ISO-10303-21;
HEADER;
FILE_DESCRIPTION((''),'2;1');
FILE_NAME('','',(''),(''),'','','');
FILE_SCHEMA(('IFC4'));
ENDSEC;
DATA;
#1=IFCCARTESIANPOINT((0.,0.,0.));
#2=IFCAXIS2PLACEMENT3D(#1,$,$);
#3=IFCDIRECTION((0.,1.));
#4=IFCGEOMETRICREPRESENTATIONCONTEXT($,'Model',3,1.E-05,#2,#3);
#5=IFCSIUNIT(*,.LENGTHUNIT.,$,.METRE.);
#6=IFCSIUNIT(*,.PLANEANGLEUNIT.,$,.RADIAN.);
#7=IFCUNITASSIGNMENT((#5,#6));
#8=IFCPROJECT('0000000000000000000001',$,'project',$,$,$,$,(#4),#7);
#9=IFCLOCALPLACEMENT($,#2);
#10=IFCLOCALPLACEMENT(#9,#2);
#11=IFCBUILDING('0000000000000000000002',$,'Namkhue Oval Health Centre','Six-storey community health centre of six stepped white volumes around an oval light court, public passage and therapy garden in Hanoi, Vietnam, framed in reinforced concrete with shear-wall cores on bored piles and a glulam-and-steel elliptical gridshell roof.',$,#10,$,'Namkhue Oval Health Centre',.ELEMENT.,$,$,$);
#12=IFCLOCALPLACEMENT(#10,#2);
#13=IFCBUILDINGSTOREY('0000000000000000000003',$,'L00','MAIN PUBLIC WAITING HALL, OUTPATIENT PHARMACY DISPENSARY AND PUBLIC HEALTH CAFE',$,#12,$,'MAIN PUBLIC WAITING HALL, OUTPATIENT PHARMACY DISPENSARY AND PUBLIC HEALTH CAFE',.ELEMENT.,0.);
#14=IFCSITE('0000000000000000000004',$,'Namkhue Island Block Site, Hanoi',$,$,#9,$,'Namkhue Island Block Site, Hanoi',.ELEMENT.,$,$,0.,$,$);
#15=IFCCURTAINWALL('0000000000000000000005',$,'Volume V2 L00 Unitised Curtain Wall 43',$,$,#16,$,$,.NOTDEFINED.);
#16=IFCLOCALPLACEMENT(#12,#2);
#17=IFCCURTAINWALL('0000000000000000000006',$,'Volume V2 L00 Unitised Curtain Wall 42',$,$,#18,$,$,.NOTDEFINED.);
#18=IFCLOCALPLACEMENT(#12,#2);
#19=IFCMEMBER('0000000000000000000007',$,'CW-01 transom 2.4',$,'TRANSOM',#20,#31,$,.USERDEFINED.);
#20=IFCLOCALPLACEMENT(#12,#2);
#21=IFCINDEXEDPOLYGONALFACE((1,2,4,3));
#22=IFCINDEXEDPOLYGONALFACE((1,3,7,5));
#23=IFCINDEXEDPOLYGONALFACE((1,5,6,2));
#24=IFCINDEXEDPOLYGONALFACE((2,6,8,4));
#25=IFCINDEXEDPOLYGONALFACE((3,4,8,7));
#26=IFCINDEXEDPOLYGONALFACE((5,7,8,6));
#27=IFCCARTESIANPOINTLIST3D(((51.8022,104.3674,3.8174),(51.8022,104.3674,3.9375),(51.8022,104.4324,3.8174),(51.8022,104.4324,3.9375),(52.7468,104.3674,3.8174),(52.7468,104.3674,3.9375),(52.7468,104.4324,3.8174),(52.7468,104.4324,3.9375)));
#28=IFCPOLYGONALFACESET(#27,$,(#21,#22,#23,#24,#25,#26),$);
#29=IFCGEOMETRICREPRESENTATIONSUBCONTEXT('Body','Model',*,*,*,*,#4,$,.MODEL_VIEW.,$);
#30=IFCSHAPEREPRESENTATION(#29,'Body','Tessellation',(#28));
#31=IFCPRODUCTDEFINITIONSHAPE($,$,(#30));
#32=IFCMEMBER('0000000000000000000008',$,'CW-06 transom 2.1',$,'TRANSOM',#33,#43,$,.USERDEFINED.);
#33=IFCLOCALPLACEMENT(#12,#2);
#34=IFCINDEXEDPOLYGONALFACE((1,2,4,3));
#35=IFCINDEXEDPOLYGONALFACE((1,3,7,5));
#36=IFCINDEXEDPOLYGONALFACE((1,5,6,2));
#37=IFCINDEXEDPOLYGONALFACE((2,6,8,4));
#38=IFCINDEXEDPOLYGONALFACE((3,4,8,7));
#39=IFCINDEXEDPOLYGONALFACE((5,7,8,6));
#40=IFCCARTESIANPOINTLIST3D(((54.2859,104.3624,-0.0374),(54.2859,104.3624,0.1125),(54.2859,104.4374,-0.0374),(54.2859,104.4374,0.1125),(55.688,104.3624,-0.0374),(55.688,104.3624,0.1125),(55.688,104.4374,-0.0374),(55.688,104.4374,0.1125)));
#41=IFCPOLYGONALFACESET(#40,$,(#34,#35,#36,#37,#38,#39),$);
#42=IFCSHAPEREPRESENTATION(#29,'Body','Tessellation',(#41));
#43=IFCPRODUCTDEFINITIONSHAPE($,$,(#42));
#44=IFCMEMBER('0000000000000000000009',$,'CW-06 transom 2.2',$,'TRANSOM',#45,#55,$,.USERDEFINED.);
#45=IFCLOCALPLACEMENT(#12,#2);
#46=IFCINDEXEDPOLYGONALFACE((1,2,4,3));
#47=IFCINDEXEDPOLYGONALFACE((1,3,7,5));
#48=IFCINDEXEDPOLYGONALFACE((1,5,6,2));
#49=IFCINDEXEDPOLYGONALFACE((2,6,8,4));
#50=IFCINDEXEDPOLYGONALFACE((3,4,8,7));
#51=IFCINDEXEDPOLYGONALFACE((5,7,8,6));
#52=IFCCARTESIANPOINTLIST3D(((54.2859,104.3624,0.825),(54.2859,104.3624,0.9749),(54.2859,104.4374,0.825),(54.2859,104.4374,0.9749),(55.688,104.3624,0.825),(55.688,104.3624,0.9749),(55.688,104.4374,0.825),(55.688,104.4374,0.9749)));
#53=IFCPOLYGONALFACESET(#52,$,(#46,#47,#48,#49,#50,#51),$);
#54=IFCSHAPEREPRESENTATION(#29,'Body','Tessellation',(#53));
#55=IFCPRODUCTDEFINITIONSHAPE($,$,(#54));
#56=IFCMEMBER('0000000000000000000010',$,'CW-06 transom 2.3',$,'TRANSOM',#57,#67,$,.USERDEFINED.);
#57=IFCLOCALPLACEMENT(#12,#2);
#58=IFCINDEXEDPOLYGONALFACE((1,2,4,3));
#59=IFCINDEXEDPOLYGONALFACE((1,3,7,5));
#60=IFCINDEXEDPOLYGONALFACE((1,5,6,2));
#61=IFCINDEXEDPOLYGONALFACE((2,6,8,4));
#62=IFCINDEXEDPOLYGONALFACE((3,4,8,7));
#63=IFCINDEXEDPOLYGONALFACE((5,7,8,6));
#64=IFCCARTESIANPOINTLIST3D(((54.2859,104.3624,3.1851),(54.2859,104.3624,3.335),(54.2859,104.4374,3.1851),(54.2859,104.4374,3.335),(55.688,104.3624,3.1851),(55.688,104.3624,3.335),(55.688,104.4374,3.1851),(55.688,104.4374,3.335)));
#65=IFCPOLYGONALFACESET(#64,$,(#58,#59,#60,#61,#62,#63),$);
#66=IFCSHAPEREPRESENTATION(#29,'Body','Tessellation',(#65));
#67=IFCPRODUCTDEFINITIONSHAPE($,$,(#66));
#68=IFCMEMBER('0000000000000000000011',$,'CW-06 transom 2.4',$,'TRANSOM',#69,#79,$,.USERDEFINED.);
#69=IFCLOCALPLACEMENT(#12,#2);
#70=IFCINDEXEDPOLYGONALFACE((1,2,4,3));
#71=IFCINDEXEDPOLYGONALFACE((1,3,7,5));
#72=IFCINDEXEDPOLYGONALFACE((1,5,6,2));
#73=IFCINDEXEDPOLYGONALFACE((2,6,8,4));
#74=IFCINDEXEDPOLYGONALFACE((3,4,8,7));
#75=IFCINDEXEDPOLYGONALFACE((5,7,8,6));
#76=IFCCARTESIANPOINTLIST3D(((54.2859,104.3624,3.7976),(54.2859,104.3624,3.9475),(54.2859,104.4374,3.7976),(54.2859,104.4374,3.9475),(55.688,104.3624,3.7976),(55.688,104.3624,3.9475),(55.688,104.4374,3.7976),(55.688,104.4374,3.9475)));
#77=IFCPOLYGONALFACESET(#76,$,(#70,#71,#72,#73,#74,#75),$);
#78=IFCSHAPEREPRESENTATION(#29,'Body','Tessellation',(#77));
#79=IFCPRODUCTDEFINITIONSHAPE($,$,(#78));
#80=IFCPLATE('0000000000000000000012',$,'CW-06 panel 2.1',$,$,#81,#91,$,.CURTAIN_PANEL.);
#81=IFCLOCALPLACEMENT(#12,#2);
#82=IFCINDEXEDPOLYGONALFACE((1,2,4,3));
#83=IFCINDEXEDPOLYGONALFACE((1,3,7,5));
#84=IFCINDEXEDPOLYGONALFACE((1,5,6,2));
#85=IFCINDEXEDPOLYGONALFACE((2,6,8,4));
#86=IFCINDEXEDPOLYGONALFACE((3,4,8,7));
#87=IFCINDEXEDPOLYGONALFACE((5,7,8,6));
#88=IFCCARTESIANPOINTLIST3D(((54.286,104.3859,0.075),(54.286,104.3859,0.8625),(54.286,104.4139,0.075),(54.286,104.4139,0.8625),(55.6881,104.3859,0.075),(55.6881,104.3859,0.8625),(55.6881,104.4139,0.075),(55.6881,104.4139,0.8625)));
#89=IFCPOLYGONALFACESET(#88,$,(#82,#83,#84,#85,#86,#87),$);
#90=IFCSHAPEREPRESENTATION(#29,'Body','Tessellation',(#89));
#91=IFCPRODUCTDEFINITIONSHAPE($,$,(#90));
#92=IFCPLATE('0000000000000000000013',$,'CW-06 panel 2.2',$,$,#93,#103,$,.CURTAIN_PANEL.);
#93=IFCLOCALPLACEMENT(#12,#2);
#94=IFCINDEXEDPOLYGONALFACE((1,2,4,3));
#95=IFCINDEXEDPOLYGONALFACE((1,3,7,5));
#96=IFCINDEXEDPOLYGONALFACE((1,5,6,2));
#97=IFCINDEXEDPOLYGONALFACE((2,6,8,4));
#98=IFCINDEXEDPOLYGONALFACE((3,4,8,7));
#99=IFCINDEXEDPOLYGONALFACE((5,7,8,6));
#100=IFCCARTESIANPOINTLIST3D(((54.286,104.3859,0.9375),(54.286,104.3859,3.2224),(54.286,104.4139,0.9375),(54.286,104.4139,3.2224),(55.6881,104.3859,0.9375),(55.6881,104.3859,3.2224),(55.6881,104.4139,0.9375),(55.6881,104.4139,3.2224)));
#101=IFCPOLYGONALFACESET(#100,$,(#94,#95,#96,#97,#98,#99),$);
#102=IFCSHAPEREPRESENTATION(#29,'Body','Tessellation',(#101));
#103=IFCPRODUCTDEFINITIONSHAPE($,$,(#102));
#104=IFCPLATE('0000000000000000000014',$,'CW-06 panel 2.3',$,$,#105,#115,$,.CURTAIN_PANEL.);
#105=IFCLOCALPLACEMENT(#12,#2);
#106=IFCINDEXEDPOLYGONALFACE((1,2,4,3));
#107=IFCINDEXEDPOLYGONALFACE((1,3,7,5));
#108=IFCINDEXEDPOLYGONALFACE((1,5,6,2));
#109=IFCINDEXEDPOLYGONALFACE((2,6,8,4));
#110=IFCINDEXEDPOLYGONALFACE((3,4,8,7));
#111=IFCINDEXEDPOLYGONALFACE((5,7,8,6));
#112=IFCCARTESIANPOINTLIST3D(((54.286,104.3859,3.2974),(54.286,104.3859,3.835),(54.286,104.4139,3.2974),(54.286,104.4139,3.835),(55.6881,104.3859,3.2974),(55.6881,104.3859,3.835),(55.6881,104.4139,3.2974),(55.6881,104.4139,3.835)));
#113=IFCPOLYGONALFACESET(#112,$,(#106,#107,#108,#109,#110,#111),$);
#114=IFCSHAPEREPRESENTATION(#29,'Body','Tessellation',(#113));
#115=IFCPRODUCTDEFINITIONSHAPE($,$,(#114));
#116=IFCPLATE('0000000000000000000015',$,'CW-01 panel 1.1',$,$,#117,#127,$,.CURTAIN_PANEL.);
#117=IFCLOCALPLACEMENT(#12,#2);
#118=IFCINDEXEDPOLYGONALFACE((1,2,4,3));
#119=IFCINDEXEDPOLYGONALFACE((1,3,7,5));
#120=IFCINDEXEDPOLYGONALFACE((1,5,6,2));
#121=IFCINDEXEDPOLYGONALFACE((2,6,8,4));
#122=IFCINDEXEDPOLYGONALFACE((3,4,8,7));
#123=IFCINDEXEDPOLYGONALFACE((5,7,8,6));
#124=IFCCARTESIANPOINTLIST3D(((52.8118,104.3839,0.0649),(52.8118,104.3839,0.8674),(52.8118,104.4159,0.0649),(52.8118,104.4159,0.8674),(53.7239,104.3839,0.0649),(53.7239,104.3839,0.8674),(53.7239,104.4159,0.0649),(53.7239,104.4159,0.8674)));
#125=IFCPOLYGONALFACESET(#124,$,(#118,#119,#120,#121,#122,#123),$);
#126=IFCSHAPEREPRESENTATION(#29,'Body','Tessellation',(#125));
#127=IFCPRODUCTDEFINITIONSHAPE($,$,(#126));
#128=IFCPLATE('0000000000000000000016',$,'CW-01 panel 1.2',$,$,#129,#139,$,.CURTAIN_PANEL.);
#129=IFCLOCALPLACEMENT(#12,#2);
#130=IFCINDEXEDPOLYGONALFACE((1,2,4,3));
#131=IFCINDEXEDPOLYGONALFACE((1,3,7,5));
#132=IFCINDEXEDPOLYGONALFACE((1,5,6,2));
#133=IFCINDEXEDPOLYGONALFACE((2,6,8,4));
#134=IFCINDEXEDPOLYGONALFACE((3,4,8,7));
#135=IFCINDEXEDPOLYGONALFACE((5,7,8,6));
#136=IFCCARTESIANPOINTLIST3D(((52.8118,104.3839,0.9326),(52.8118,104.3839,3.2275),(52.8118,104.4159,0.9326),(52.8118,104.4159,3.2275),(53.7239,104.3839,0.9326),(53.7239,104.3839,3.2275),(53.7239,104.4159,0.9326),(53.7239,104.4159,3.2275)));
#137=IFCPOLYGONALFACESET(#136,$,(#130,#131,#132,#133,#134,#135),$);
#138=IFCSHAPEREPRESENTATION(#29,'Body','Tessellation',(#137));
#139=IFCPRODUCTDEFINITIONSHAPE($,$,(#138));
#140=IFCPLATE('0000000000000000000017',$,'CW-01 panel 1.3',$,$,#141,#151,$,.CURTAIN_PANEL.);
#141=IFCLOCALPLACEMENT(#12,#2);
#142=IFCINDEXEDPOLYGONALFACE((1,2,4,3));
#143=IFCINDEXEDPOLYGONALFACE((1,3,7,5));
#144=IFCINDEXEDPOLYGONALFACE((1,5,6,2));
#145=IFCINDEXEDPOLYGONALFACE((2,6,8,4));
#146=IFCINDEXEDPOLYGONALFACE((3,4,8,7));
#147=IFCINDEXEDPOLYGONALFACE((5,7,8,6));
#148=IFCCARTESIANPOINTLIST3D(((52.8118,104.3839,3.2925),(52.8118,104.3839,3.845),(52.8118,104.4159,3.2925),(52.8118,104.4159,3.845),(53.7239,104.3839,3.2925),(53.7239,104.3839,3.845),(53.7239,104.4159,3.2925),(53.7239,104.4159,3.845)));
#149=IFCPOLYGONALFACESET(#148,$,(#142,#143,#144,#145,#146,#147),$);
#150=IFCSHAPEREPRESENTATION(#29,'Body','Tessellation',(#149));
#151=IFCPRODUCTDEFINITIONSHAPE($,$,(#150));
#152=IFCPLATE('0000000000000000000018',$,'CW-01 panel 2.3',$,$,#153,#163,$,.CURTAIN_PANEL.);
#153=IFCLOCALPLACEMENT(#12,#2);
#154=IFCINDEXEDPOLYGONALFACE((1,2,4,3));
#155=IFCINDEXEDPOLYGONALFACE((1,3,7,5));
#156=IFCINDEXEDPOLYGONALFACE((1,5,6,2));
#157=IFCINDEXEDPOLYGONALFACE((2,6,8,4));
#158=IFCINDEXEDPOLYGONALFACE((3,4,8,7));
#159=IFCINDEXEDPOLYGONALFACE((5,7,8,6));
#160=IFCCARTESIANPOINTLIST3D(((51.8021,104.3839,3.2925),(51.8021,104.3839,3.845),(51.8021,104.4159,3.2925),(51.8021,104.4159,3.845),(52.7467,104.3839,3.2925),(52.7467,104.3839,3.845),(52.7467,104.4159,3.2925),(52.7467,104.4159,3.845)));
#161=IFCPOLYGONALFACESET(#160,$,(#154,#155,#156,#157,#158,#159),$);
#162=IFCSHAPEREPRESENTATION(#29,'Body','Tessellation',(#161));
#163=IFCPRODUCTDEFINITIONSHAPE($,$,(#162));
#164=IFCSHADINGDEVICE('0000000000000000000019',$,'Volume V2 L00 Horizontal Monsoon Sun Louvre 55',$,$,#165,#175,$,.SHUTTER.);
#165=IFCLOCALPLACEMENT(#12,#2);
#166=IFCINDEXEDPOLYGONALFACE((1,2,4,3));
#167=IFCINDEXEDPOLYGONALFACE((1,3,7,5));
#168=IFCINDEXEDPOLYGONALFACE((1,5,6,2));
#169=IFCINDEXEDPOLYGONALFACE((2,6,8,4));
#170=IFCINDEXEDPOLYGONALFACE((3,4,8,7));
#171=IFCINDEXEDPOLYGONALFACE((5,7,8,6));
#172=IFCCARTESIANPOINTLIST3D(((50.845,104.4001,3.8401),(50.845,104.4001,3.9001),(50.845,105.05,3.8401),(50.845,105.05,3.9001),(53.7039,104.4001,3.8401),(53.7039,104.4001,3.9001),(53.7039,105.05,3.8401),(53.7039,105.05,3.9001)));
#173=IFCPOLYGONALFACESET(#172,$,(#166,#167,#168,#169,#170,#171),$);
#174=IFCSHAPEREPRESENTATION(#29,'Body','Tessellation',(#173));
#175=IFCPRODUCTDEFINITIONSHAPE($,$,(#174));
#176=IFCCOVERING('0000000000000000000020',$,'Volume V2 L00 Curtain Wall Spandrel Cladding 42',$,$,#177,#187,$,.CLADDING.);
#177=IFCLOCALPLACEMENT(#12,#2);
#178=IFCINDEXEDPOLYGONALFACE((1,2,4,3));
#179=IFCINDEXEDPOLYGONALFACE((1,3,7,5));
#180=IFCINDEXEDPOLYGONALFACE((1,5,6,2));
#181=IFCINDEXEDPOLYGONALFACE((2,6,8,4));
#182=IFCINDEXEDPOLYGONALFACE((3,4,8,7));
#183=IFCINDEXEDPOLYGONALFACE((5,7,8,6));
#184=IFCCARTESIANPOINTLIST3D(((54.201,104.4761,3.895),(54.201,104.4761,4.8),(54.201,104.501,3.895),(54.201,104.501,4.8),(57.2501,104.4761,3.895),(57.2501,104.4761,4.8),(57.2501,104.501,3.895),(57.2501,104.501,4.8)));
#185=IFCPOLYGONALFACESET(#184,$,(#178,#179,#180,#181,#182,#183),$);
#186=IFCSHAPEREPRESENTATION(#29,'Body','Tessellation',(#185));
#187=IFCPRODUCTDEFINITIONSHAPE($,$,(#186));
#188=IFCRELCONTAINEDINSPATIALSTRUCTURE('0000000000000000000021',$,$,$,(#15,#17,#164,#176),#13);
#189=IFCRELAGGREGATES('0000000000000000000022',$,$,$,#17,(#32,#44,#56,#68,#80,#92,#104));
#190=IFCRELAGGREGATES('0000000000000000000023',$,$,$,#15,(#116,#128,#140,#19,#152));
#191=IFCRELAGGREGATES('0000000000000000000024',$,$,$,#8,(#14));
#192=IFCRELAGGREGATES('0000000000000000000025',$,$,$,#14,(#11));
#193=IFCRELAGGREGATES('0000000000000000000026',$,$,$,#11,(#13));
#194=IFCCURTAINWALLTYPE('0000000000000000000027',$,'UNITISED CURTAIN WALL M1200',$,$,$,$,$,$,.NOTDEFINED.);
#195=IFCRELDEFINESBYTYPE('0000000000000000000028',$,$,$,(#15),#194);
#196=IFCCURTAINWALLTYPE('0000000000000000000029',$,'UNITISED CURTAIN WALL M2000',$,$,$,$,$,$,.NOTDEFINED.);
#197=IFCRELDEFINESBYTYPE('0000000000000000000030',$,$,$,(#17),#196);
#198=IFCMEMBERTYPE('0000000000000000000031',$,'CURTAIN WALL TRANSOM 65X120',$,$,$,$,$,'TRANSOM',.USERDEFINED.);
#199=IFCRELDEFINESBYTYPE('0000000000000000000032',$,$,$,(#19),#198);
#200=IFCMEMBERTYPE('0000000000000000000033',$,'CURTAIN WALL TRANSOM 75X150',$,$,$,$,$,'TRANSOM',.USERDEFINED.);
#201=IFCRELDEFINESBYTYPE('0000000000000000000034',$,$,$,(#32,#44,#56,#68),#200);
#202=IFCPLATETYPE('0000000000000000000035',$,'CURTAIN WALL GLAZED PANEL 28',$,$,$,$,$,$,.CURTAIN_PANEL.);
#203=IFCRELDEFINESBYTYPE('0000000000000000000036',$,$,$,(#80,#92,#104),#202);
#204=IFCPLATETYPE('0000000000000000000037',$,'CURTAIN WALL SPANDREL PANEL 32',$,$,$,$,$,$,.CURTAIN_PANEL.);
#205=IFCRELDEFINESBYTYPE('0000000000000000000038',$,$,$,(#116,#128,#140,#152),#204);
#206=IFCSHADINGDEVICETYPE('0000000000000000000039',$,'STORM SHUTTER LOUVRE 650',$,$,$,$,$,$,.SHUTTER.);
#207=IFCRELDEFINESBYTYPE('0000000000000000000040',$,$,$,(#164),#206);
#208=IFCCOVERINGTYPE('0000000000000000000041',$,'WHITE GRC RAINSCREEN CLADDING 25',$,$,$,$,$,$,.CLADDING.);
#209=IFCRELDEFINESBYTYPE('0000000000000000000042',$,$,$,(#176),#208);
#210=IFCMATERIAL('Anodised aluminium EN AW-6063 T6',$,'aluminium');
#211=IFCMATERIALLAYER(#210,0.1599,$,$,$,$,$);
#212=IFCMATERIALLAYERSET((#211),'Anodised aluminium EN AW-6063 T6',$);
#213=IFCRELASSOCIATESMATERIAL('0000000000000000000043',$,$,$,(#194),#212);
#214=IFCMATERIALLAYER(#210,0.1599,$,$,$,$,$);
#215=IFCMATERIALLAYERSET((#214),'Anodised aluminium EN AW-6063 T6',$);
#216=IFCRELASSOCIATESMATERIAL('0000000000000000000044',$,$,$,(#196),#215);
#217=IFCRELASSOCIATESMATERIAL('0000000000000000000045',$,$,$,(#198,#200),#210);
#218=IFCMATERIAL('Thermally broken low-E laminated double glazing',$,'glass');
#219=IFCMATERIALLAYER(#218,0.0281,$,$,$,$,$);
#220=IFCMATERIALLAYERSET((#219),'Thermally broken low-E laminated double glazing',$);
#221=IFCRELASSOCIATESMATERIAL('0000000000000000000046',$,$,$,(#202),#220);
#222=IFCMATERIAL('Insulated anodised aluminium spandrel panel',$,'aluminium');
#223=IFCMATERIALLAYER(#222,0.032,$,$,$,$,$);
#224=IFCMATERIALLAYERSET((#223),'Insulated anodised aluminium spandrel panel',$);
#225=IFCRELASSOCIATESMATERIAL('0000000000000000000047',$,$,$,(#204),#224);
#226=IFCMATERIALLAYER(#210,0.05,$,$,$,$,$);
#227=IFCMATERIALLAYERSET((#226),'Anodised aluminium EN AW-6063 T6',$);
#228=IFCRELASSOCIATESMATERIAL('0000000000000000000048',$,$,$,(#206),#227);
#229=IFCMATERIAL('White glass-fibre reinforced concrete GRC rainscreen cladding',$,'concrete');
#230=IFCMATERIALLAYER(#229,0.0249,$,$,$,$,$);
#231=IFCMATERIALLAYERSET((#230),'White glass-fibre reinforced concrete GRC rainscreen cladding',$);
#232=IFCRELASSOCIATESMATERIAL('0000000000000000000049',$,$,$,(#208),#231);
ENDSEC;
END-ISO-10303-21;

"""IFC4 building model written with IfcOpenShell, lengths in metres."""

from ifc_helpers import new_model, si_unit, direction, frame, origin, origin_2d, place, context, subcontext, project, spatial, rectangle, extrude, material, layer, layer_set, material_profile, profile_set, type_object, element, aggregate, save


model = new_model("IFC4")

# Units and contexts
model_context = context("Model", 3, precision=1e-05, world=origin(), true_north=direction((0.0, 1.0)))
body_context = subcontext(model_context, "Body", "Model", "MODEL_VIEW")
ifc_project = project(units=[si_unit("LENGTHUNIT", "METRE"), si_unit("PLANEANGLEUNIT", "RADIAN")], contexts=[model_context])

# Site, building, storey
site_placement = place(None, origin())
site = spatial("IfcSite", under=ifc_project, at=site_placement, Name="Namkhue Island Block Site, Hanoi", LongName="Namkhue Island Block Site, Hanoi", CompositionType="ELEMENT", RefElevation=0.0)
building_placement = place(site_placement, origin())
building = spatial("IfcBuilding", under=site, at=building_placement, Name="Namkhue Oval Health Centre", Description="Six-storey community health centre of six stepped white volumes around an oval light court, public passage and therapy garden in Hanoi, Vietnam, framed in reinforced concrete with shear-wall cores on bored piles and a glulam-and-steel elliptical gridshell roof.", LongName="Namkhue Oval Health Centre", CompositionType="ELEMENT")
storey_placement = place(building_placement, origin())
storey = spatial("IfcBuildingStorey", under=building, at=storey_placement, Name="L00", Description="MAIN PUBLIC WAITING HALL, OUTPATIENT PHARMACY DISPENSARY AND PUBLIC HEALTH CAFE", LongName="MAIN PUBLIC WAITING HALL, OUTPATIENT PHARMACY DISPENSARY AND PUBLIC HEALTH CAFE", CompositionType="ELEMENT", Elevation=0.0)

# Curtain walls
ifc_material_1 = material(Name="Anodised aluminium EN AW-6063 T6", Category="aluminium")
ifc_layer_1 = layer(ifc_material_1, 0.1599)
ifc_layer_set_1 = layer_set([ifc_layer_1], Name="Anodised aluminium EN AW-6063 T6")
curtain_wall_type_1 = type_object("IfcCurtainWallType", Name="UNITISED CURTAIN WALL M1200", PredefinedType="NOTDEFINED", material=ifc_layer_set_1)
curtain_wall_1_placement = place(storey_placement, origin())
curtain_wall_1 = element("IfcCurtainWall", 1, at=curtain_wall_1_placement, inside=storey, type_object=curtain_wall_type_1, Name="Volume V2 L00 Unitised Curtain Wall 43", PredefinedType="NOTDEFINED")
ifc_layer_2 = layer(ifc_material_1, 0.1599)
ifc_layer_set_2 = layer_set([ifc_layer_2], Name="Anodised aluminium EN AW-6063 T6")
curtain_wall_type_2 = type_object("IfcCurtainWallType", Name="UNITISED CURTAIN WALL M2000", PredefinedType="NOTDEFINED", material=ifc_layer_set_2)
curtain_wall_2_placement = place(storey_placement, origin())
curtain_wall_2 = element("IfcCurtainWall", 2, at=curtain_wall_2_placement, inside=storey, type_object=curtain_wall_type_2, Name="Volume V2 L00 Unitised Curtain Wall 42", PredefinedType="NOTDEFINED")

# Members
ifc_material_profile_1 = material_profile(ifc_material_1, rectangle(XDim=0.0649, YDim=0.1201, at=origin_2d()), Name="ALU 65x120")
ifc_profile_set_1 = profile_set([ifc_material_profile_1], Name="Anodised aluminium EN AW-6063 T6")
member_type_1 = type_object("IfcMemberType", Name="CURTAIN WALL TRANSOM 65X120", ElementType="TRANSOM", PredefinedType="USERDEFINED", material=ifc_profile_set_1)
member_1_placement = place(storey_placement, frame((52.7468, 104.3999, 3.8774), z_axis=(-1.0, 0.0, 0.0), x_axis=(0.0, -1.0, 0.0)))
member_1 = element("IfcMember", 3, at=member_1_placement, type_object=member_type_1, Name="CW-01 transom 2.4", ObjectType="TRANSOM", PredefinedType="USERDEFINED", context=body_context, shape_type="SweptSolid", body=[
    extrude(rectangle(XDim=0.0649, YDim=0.1201, at=origin_2d()), origin(), (0.0, 0.0, 1.0), 0.9446),
])
ifc_material_profile_2 = material_profile(ifc_material_1, rectangle(XDim=0.075, YDim=0.1499, at=origin_2d()), Name="ALU 75x150")
ifc_profile_set_2 = profile_set([ifc_material_profile_2], Name="Anodised aluminium EN AW-6063 T6")
member_type_2 = type_object("IfcMemberType", Name="CURTAIN WALL TRANSOM 75X150", ElementType="TRANSOM", PredefinedType="USERDEFINED", material=ifc_profile_set_2)
member_2_placement = place(storey_placement, frame((55.688, 104.3999, 0.0376), z_axis=(-1.0, 0.0, 0.0), x_axis=(0.0, -1.0, 0.0)))
member_2 = element("IfcMember", 4, at=member_2_placement, type_object=member_type_2, Name="CW-06 transom 2.1", ObjectType="TRANSOM", PredefinedType="USERDEFINED", context=body_context, shape_type="SweptSolid", body=[
    extrude(rectangle(XDim=0.075, YDim=0.1499, at=origin_2d()), origin(), (0.0, 0.0, 1.0), 1.4021),
])
member_3_placement = place(storey_placement, frame((55.688, 104.3999, 0.8999), z_axis=(-1.0, 0.0, 0.0), x_axis=(0.0, -1.0, 0.0)))
member_3 = element("IfcMember", 5, at=member_3_placement, type_object=member_type_2, Name="CW-06 transom 2.2", ObjectType="TRANSOM", PredefinedType="USERDEFINED", context=body_context, shape_type="SweptSolid", body=[
    extrude(rectangle(XDim=0.075, YDim=0.1499, at=origin_2d()), origin(), (0.0, 0.0, 1.0), 1.4021),
])
member_4_placement = place(storey_placement, frame((55.688, 104.3999, 3.26), z_axis=(-1.0, 0.0, 0.0), x_axis=(0.0, -1.0, 0.0)))
member_4 = element("IfcMember", 6, at=member_4_placement, type_object=member_type_2, Name="CW-06 transom 2.3", ObjectType="TRANSOM", PredefinedType="USERDEFINED", context=body_context, shape_type="SweptSolid", body=[
    extrude(rectangle(XDim=0.075, YDim=0.1499, at=origin_2d()), origin(), (0.0, 0.0, 1.0), 1.4021),
])
member_5_placement = place(storey_placement, frame((55.688, 104.3999, 3.8726), z_axis=(-1.0, 0.0, 0.0), x_axis=(0.0, -1.0, 0.0)))
member_5 = element("IfcMember", 7, at=member_5_placement, type_object=member_type_2, Name="CW-06 transom 2.4", ObjectType="TRANSOM", PredefinedType="USERDEFINED", context=body_context, shape_type="SweptSolid", body=[
    extrude(rectangle(XDim=0.075, YDim=0.1499, at=origin_2d()), origin(), (0.0, 0.0, 1.0), 1.4021),
])

# Plates
ifc_material_2 = material(Name="Thermally broken low-E laminated double glazing", Category="glass")
ifc_layer_3 = layer(ifc_material_2, 0.0281)
ifc_layer_set_3 = layer_set([ifc_layer_3], Name="Thermally broken low-E laminated double glazing")
plate_type_1 = type_object("IfcPlateType", Name="CURTAIN WALL GLAZED PANEL 28", PredefinedType="CURTAIN_PANEL", material=ifc_layer_set_3)
plate_1_placement = place(storey_placement, frame((54.9871, 104.3999, 0.075), z_axis=(0.0, 0.0, 1.0), x_axis=(-1.0, 0.0, 0.0)))
plate_1 = element("IfcPlate", 8, at=plate_1_placement, type_object=plate_type_1, Name="CW-06 panel 2.1", PredefinedType="CURTAIN_PANEL", context=body_context, shape_type="SweptSolid", body=[
    extrude(rectangle(XDim=1.4021, YDim=0.0281, at=origin_2d()), origin(), (0.0, 0.0, 1.0), 0.7876),
])
plate_2_placement = place(storey_placement, frame((54.9871, 104.3999, 0.9375), z_axis=(0.0, 0.0, 1.0), x_axis=(-1.0, 0.0, 0.0)))
plate_2 = element("IfcPlate", 9, at=plate_2_placement, type_object=plate_type_1, Name="CW-06 panel 2.2", PredefinedType="CURTAIN_PANEL", context=body_context, shape_type="SweptSolid", body=[
    extrude(rectangle(XDim=1.4021, YDim=0.0281, at=origin_2d()), origin(), (0.0, 0.0, 1.0), 2.2849),
])
plate_3_placement = place(storey_placement, frame((54.9871, 104.3999, 3.2974), z_axis=(0.0, 0.0, 1.0), x_axis=(-1.0, 0.0, 0.0)))
plate_3 = element("IfcPlate", 10, at=plate_3_placement, type_object=plate_type_1, Name="CW-06 panel 2.3", PredefinedType="CURTAIN_PANEL", context=body_context, shape_type="SweptSolid", body=[
    extrude(rectangle(XDim=1.4021, YDim=0.0281, at=origin_2d()), origin(), (0.0, 0.0, 1.0), 0.5376),
])
aggregate(curtain_wall_2, [member_2, member_3, member_4, member_5, plate_1, plate_2, plate_3])
ifc_material_3 = material(Name="Insulated anodised aluminium spandrel panel", Category="aluminium")
ifc_layer_4 = layer(ifc_material_3, 0.032)
ifc_layer_set_4 = layer_set([ifc_layer_4], Name="Insulated anodised aluminium spandrel panel")
plate_type_2 = type_object("IfcPlateType", Name="CURTAIN WALL SPANDREL PANEL 32", PredefinedType="CURTAIN_PANEL", material=ifc_layer_set_4)
plate_4_placement = place(storey_placement, frame((53.2678, 104.3999, 0.0649), z_axis=(0.0, 0.0, 1.0), x_axis=(-1.0, 0.0, 0.0)))
plate_4 = element("IfcPlate", 11, at=plate_4_placement, type_object=plate_type_2, Name="CW-01 panel 1.1", PredefinedType="CURTAIN_PANEL", context=body_context, shape_type="SweptSolid", body=[
    extrude(rectangle(XDim=0.9121, YDim=0.032, at=origin_2d()), origin(), (0.0, 0.0, 1.0), 0.8025),
])
plate_5_placement = place(storey_placement, frame((53.2678, 104.3999, 0.9326), z_axis=(0.0, 0.0, 1.0), x_axis=(-1.0, 0.0, 0.0)))
plate_5 = element("IfcPlate", 12, at=plate_5_placement, type_object=plate_type_2, Name="CW-01 panel 1.2", PredefinedType="CURTAIN_PANEL", context=body_context, shape_type="SweptSolid", body=[
    extrude(rectangle(XDim=0.9121, YDim=0.032, at=origin_2d()), origin(), (0.0, 0.0, 1.0), 2.2949),
])
plate_6_placement = place(storey_placement, frame((53.2678, 104.3999, 3.2925), z_axis=(0.0, 0.0, 1.0), x_axis=(-1.0, 0.0, 0.0)))
plate_6 = element("IfcPlate", 13, at=plate_6_placement, type_object=plate_type_2, Name="CW-01 panel 1.3", PredefinedType="CURTAIN_PANEL", context=body_context, shape_type="SweptSolid", body=[
    extrude(rectangle(XDim=0.9121, YDim=0.032, at=origin_2d()), origin(), (0.0, 0.0, 1.0), 0.5525),
])
plate_7_placement = place(storey_placement, frame((52.2744, 104.3999, 3.2925), z_axis=(0.0, 0.0, 1.0), x_axis=(-1.0, 0.0, 0.0)))
plate_7 = element("IfcPlate", 14, at=plate_7_placement, type_object=plate_type_2, Name="CW-01 panel 2.3", PredefinedType="CURTAIN_PANEL", context=body_context, shape_type="SweptSolid", body=[
    extrude(rectangle(XDim=0.9446, YDim=0.032, at=origin_2d()), origin(), (0.0, 0.0, 1.0), 0.5525),
])
aggregate(curtain_wall_1, [plate_4, plate_5, plate_6, member_1, plate_7])

# Shading device
ifc_layer_5 = layer(ifc_material_1, 0.05)
ifc_layer_set_5 = layer_set([ifc_layer_5], Name="Anodised aluminium EN AW-6063 T6")
shading_device_type = type_object("IfcShadingDeviceType", Name="STORM SHUTTER LOUVRE 650", PredefinedType="SHUTTER", material=ifc_layer_set_5)
shading_device_placement = place(storey_placement, frame((52.2744, 104.7251, 3.8401), z_axis=(0.0, 0.0, 1.0), x_axis=(-1.0, 0.0, 0.0)))
element("IfcShadingDevice", 15, at=shading_device_placement, inside=storey, type_object=shading_device_type, Name="Volume V2 L00 Horizontal Monsoon Sun Louvre 55", PredefinedType="SHUTTER", context=body_context, shape_type="SweptSolid", body=[
    extrude(rectangle(XDim=2.8589, YDim=0.6499, at=origin_2d()), origin(), (0.0, 0.0, 1.0), 0.0601),
])

# Covering
ifc_material_4 = material(Name="White glass-fibre reinforced concrete GRC rainscreen cladding", Category="concrete")
ifc_layer_6 = layer(ifc_material_4, 0.0249)
ifc_layer_set_6 = layer_set([ifc_layer_6], Name="White glass-fibre reinforced concrete GRC rainscreen cladding")
covering_type = type_object("IfcCoveringType", Name="WHITE GRC RAINSCREEN CLADDING 25", PredefinedType="CLADDING", material=ifc_layer_set_6)
for number, where, z_axis, x_axis, name in (
    (16, (55.7256, 104.4885, 3.895), (0.0, 0.0, 1.0), (-1.0, 0.0, 0.0), "Volume V2 L00 Curtain Wall Spandrel Cladding 42"),
):
    element("IfcCovering", number, at=place(storey_placement, frame(where, z_axis=z_axis, x_axis=x_axis)), inside=storey, type_object=covering_type, Name=name, PredefinedType="CLADDING", context=body_context, shape_type="SweptSolid", body=[
        extrude(rectangle(XDim=3.0491, YDim=0.0249, at=origin_2d()), origin(), (0.0, 0.0, 1.0), 0.905),
    ])

save(model, "model.ifc")
